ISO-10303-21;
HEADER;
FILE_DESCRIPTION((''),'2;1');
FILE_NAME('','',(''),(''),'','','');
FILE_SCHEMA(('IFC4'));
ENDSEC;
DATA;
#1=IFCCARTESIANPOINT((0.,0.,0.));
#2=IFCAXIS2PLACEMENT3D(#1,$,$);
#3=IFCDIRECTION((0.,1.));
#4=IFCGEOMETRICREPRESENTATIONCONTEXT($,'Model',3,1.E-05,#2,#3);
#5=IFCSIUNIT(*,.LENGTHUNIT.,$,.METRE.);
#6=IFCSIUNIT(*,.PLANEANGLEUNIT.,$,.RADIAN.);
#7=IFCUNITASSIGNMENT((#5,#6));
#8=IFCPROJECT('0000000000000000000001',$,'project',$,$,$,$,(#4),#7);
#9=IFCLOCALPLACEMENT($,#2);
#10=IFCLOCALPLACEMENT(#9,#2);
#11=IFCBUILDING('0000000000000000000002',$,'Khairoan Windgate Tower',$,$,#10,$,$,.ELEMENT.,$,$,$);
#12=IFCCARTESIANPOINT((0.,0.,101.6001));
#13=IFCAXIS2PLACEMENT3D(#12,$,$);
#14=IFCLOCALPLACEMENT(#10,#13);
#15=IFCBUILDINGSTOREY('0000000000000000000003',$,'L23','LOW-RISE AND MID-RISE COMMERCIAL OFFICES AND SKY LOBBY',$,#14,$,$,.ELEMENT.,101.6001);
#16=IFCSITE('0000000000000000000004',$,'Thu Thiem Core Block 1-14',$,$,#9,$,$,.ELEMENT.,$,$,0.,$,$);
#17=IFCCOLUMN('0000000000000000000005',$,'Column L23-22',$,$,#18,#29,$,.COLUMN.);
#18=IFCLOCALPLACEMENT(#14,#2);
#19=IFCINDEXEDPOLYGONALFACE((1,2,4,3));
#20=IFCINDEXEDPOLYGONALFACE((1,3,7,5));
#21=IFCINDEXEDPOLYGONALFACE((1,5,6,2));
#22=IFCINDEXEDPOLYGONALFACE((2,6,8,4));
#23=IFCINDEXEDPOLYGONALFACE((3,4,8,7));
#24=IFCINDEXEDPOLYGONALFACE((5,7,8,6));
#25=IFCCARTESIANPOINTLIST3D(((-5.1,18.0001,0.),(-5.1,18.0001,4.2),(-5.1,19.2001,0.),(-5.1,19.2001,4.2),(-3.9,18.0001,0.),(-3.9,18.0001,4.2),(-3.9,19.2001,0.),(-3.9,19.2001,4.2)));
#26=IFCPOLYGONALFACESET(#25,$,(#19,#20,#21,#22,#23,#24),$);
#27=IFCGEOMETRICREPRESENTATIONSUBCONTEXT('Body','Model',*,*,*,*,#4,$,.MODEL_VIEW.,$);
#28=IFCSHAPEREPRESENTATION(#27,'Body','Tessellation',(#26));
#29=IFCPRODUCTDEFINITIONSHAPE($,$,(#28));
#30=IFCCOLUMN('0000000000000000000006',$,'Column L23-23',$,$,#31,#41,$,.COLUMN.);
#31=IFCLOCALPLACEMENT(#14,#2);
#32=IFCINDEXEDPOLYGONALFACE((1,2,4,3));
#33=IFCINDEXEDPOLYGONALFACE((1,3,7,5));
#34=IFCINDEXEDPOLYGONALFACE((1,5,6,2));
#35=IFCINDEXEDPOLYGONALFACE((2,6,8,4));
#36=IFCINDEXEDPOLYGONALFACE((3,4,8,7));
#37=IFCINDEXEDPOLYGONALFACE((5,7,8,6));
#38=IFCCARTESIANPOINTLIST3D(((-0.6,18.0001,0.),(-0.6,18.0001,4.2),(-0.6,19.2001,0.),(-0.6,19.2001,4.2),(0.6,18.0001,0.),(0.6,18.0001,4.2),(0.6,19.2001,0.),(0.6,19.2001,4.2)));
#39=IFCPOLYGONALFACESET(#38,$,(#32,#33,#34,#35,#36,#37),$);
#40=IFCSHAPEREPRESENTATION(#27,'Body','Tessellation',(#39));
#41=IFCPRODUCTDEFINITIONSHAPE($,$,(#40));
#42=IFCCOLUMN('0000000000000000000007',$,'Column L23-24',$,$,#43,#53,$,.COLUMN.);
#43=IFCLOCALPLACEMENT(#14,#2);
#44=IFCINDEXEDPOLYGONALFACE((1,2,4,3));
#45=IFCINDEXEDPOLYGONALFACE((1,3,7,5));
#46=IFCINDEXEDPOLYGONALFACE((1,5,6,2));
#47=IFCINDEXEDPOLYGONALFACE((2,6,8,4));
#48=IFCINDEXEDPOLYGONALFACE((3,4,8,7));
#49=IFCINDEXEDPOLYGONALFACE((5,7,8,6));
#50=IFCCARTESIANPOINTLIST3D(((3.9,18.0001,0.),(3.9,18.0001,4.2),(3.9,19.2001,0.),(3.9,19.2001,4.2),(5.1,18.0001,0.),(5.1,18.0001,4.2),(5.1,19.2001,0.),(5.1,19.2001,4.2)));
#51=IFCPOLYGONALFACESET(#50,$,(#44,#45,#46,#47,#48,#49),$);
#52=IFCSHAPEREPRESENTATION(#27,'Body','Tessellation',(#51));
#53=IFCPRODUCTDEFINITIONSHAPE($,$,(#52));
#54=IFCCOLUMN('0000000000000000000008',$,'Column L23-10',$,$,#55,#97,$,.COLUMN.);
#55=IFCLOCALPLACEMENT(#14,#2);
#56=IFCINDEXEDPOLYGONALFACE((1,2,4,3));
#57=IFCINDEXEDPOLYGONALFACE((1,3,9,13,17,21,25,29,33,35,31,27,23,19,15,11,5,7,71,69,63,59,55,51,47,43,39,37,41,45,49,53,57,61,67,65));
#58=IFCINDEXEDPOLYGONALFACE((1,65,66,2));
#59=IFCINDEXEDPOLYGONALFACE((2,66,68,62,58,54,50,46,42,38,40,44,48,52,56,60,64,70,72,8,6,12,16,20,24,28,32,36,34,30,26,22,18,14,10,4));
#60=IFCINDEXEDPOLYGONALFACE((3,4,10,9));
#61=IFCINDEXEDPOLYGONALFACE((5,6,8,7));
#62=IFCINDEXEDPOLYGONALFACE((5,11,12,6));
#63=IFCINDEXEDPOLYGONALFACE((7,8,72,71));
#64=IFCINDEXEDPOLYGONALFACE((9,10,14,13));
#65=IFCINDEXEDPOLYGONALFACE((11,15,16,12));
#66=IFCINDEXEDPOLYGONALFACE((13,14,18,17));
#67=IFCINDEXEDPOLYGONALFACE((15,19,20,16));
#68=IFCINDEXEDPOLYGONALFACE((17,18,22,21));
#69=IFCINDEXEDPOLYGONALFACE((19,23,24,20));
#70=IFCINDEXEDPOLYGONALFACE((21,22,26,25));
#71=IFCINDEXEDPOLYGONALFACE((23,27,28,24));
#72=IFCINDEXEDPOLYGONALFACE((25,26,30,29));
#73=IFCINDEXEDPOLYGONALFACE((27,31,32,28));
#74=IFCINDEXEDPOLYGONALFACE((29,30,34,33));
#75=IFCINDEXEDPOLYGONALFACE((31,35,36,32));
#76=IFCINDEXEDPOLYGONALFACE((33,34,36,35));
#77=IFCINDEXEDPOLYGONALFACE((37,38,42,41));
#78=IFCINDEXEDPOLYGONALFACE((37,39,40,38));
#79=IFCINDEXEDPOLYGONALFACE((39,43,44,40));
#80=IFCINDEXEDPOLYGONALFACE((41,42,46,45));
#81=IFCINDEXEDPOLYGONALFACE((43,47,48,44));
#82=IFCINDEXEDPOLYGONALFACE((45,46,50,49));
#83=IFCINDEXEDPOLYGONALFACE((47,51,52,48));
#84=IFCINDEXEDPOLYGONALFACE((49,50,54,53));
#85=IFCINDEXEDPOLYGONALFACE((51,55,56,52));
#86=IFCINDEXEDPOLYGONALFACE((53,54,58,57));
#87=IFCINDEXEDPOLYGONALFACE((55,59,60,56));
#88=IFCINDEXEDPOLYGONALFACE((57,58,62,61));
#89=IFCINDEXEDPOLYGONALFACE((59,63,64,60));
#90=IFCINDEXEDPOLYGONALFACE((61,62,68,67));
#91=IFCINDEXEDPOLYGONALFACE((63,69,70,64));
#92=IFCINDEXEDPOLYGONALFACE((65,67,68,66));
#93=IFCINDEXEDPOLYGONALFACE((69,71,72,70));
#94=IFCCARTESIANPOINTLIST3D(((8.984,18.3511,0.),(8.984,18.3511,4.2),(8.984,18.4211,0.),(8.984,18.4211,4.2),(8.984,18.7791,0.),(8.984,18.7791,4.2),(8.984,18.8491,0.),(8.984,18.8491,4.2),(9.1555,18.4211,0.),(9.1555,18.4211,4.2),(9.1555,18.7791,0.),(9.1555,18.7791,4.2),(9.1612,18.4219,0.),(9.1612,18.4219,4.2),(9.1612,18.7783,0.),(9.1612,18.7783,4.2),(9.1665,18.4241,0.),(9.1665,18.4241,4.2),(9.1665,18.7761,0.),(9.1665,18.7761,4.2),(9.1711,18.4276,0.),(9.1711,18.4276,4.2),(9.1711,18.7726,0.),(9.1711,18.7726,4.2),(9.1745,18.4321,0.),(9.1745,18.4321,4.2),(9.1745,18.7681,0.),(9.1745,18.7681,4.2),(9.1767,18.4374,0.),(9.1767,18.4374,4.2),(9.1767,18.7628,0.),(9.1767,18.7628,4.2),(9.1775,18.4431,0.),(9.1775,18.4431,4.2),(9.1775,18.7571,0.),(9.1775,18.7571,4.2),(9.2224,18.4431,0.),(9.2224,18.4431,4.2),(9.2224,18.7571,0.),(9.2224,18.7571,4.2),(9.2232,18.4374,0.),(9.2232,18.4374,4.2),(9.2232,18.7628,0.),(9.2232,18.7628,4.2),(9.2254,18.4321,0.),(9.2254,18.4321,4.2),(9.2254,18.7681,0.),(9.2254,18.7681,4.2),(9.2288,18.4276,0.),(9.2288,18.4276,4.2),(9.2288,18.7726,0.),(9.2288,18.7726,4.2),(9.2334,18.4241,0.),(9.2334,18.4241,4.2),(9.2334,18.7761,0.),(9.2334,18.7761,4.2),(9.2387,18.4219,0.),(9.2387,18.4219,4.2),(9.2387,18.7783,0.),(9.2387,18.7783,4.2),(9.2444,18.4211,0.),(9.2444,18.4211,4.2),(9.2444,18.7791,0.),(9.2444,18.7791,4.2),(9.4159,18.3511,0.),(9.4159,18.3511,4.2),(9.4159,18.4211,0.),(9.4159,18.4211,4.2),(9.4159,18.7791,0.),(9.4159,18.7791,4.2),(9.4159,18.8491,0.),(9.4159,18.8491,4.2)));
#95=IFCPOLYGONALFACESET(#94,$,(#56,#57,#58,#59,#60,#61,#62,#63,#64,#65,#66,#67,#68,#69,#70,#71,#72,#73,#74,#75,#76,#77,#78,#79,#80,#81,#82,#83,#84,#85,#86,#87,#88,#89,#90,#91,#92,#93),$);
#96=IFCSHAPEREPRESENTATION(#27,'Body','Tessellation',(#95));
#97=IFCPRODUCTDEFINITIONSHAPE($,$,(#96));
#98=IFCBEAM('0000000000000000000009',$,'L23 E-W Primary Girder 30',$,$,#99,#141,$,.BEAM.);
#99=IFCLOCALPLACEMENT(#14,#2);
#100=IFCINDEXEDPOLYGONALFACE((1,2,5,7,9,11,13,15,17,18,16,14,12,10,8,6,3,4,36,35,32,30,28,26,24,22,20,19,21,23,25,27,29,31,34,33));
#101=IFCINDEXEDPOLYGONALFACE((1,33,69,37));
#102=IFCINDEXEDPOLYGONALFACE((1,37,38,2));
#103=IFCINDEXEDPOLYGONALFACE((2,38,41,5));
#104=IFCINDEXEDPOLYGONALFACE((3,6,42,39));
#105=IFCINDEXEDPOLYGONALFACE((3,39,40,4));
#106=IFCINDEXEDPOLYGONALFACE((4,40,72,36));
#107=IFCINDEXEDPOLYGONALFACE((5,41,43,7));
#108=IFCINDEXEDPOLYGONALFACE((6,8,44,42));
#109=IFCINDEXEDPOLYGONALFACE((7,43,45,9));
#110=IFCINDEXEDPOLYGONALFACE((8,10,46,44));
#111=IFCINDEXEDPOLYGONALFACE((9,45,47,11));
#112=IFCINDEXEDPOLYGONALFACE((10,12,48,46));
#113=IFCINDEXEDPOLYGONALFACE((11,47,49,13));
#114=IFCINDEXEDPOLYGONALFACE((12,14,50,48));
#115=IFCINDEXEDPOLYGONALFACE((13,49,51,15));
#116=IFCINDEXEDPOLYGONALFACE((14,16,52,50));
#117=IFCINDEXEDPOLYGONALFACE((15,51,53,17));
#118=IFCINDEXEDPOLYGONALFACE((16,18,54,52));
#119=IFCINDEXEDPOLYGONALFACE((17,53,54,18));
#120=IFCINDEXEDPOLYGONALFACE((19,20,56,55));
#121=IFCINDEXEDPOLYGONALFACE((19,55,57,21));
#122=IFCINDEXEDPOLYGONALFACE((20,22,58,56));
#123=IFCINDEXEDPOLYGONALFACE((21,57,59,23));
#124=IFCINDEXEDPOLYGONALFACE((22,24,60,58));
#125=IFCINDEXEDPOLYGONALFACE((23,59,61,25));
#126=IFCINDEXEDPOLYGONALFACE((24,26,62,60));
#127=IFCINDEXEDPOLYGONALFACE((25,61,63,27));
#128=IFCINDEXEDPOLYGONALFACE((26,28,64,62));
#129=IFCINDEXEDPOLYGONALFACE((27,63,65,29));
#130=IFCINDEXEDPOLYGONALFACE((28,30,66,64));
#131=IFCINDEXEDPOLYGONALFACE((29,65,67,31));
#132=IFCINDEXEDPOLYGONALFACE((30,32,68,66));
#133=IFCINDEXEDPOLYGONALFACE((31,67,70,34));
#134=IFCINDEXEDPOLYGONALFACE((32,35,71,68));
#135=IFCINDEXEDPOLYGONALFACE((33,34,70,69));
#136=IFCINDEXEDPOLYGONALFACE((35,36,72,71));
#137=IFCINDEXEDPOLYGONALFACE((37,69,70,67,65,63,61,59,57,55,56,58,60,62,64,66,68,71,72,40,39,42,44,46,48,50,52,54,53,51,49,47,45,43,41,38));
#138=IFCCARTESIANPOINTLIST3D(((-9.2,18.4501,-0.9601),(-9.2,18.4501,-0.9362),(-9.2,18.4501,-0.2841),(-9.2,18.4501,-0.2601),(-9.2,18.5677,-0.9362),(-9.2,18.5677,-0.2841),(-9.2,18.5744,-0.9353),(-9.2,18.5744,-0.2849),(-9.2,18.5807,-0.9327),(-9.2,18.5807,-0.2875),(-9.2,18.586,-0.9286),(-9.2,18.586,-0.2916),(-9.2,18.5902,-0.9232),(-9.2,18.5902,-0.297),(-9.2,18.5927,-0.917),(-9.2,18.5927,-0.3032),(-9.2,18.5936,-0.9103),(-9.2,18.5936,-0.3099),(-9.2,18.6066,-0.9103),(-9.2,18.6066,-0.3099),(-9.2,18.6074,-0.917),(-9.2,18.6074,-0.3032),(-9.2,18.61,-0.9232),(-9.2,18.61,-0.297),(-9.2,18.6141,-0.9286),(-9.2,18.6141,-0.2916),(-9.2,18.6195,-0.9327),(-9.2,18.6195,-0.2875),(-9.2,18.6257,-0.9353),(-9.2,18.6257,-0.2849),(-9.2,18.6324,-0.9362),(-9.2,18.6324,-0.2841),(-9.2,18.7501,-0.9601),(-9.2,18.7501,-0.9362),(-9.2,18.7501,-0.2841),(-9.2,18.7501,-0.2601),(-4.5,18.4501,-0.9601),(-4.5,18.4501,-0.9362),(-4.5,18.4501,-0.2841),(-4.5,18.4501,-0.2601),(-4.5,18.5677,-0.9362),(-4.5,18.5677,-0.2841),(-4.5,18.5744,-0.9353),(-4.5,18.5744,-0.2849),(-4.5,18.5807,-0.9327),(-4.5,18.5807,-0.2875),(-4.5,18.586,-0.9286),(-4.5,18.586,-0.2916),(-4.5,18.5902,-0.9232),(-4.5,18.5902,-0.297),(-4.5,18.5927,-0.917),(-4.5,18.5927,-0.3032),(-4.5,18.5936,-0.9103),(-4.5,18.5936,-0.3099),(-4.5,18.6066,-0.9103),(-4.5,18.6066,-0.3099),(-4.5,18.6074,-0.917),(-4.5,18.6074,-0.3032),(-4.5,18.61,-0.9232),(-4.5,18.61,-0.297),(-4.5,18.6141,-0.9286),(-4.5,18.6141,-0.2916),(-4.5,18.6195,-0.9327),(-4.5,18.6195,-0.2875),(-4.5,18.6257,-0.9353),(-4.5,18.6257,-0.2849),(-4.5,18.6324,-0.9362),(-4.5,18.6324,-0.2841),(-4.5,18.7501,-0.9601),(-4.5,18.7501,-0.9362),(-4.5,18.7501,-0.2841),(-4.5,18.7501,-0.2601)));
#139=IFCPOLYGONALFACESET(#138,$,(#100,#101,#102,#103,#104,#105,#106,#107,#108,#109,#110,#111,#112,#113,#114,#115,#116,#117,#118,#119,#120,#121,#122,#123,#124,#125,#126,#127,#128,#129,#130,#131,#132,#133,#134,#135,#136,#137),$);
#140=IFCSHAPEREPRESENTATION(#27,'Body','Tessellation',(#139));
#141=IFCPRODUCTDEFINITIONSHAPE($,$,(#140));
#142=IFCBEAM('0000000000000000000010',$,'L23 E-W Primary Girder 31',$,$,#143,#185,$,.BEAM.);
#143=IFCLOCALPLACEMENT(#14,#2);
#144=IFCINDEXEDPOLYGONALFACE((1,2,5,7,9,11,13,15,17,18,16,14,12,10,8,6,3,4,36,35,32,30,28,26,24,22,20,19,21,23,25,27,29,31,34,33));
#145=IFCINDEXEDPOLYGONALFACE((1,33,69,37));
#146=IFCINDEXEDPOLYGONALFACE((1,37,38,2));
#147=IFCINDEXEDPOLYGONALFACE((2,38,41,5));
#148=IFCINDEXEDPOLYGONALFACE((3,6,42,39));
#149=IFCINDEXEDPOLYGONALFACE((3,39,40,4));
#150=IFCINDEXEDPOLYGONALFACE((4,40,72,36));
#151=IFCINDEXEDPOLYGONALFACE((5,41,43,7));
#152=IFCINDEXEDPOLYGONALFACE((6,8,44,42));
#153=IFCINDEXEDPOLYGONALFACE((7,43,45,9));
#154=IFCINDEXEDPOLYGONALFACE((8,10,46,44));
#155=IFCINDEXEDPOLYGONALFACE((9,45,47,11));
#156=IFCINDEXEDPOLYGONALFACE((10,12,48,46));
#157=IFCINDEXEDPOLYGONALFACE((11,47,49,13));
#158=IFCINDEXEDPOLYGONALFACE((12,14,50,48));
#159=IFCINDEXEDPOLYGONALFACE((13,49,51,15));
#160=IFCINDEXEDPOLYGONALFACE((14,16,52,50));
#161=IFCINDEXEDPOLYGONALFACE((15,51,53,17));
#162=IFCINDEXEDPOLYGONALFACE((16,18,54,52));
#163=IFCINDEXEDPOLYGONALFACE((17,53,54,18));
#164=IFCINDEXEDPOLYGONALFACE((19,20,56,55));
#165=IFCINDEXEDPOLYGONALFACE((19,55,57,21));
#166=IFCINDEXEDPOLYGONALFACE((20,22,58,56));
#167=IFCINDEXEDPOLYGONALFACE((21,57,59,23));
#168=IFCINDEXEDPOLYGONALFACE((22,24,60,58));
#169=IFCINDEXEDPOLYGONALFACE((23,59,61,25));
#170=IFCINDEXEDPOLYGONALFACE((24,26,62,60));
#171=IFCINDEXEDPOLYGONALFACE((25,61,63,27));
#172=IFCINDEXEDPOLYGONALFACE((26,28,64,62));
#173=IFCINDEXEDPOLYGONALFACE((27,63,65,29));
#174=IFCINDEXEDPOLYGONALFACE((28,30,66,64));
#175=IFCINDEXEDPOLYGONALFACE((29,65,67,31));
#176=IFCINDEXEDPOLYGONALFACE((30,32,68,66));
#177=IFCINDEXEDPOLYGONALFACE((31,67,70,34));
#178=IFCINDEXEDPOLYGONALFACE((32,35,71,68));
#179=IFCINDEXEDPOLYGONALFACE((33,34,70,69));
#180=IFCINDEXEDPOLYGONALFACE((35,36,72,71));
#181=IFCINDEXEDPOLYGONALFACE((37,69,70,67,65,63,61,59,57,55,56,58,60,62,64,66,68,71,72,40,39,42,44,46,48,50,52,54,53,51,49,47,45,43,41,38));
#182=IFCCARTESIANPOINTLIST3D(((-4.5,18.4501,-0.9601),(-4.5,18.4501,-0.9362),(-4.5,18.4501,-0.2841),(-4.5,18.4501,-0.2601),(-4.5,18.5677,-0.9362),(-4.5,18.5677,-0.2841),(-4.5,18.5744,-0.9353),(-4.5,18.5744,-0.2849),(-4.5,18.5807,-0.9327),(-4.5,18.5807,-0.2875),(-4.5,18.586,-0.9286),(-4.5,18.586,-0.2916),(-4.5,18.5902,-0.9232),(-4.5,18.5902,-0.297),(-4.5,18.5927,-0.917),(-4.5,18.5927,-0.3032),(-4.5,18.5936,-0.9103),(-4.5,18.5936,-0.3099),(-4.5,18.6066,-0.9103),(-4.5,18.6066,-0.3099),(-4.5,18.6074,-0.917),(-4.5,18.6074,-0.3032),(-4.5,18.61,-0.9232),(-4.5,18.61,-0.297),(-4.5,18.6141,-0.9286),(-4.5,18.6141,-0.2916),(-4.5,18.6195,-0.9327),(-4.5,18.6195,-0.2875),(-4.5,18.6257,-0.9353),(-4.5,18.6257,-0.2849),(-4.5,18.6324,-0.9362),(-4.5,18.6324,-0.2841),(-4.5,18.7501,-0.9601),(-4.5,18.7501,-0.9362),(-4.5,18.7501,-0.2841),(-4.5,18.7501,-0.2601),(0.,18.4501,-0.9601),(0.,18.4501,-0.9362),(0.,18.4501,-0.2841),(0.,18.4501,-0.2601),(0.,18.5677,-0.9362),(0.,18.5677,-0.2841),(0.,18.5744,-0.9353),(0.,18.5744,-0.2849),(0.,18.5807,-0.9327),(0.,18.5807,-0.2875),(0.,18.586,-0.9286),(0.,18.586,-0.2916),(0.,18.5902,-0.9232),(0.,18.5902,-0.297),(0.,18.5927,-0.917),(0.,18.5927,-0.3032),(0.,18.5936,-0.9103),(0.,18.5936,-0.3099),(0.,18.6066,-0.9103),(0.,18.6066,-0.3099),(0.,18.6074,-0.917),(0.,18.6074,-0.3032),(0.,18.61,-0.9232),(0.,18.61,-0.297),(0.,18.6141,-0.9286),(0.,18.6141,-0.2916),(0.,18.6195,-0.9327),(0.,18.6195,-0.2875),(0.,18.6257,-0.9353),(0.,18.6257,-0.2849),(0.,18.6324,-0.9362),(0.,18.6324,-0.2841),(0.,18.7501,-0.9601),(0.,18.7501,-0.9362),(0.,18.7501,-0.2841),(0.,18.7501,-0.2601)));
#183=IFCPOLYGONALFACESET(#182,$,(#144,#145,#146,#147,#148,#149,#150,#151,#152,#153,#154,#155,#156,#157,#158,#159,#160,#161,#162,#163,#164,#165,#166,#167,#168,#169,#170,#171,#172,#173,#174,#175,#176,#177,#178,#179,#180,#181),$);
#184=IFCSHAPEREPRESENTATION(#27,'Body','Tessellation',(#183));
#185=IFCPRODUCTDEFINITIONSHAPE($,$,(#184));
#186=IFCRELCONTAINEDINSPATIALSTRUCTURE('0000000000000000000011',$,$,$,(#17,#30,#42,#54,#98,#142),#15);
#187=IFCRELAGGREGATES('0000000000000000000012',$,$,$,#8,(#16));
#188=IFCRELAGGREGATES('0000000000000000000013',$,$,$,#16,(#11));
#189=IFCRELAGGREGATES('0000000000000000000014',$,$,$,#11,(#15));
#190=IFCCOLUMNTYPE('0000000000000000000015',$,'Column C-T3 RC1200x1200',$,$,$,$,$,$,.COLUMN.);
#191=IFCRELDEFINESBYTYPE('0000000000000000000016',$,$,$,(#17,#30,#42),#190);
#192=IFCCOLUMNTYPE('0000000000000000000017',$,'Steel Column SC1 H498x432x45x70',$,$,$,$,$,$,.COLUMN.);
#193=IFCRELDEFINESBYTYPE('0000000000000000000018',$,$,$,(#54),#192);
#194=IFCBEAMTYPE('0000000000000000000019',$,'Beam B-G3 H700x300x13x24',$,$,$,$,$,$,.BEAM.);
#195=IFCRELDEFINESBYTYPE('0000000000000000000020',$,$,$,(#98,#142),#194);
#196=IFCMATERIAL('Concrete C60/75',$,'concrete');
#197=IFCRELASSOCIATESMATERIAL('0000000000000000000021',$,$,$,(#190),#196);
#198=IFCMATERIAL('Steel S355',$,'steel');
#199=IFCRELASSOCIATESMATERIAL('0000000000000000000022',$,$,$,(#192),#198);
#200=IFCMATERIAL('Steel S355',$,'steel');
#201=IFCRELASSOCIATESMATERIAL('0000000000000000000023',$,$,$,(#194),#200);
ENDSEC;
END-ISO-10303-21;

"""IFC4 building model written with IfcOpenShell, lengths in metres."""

from ifc_helpers import new_model, si_unit, direction, frame, origin, origin_2d, place, context, subcontext, project, spatial, rectangle, i_section, extrude, material, material_profile, profile_set, type_object, element, save


model = new_model("IFC4")

# Units and contexts
model_context = context("Model", 3, precision=1e-05, world=origin(), true_north=direction((0.0, 1.0)))
body_context = subcontext(model_context, "Body", "Model", "MODEL_VIEW")
ifc_project = project(units=[si_unit("LENGTHUNIT", "METRE"), si_unit("PLANEANGLEUNIT", "RADIAN")], contexts=[model_context])

# Site, building, storey
site_placement = place(None, origin())
site = spatial("IfcSite", under=ifc_project, at=site_placement, Name="Thu Thiem Core Block 1-14", CompositionType="ELEMENT", RefElevation=0.0)
building_placement = place(site_placement, origin())
building = spatial("IfcBuilding", under=site, at=building_placement, Name="Khairoan Windgate Tower", CompositionType="ELEMENT")
storey_placement = place(building_placement, frame((0.0, 0.0, 101.6001)))
storey = spatial("IfcBuildingStorey", under=building, at=storey_placement, Name="L23", Description="LOW-RISE AND MID-RISE COMMERCIAL OFFICES AND SKY LOBBY", CompositionType="ELEMENT", Elevation=101.6001)

# Columns
ifc_material_1 = material(Name="Concrete C60/75", Category="concrete")
ifc_material_profile_1 = material_profile(ifc_material_1, rectangle(XDim=1.2, YDim=1.2, at=origin_2d()))
ifc_profile_set_1 = profile_set([ifc_material_profile_1], Name="Concrete C60/75")
column_type_1 = type_object("IfcColumnType", Name="Column C-T3 RC1200x1200", PredefinedType="COLUMN", material=ifc_profile_set_1)
for number, where, z_axis, x_axis, name in (
    (1, (-4.5, 18.6001, 0.0), (0.0, 0.0, 1.0), (1.0, 0.0, 0.0), "Column L23-22"),
    (2, (0.0, 18.6001, 0.0), (0.0, 0.0, 1.0), (1.0, 0.0, 0.0), "Column L23-23"),
    (3, (4.5, 18.6001, 0.0), (0.0, 0.0, 1.0), (1.0, 0.0, 0.0), "Column L23-24"),
):
    element("IfcColumn", number, at=place(storey_placement, frame(where, z_axis=z_axis, x_axis=x_axis)), inside=storey, type_object=column_type_1, Name=name, PredefinedType="COLUMN", context=body_context, shape_type="SweptSolid", body=[
        extrude(rectangle(XDim=1.2, YDim=1.2, at=origin_2d()), origin(), (0.0, 0.0, 1.0), 4.2),
    ])
ifc_material_2 = material(Name="Steel S355", Category="steel")
ifc_material_profile_2 = material_profile(ifc_material_2, i_section(OverallWidth=0.4319, OverallDepth=0.498, WebThickness=0.0449, FlangeThickness=0.0701, FilletRadius=0.022, at=origin_2d()))
ifc_profile_set_2 = profile_set([ifc_material_profile_2], Name="Steel S355")
column_type_2 = type_object("IfcColumnType", Name="Steel Column SC1 H498x432x45x70", PredefinedType="COLUMN", material=ifc_profile_set_2)
column_placement = place(storey_placement, frame((9.2, 18.6001, 0.0), z_axis=(0.0, 0.0, 1.0), x_axis=(1.0, 0.0, 0.0)))
element("IfcColumn", 4, at=column_placement, inside=storey, type_object=column_type_2, Name="Column L23-10", PredefinedType="COLUMN", context=body_context, shape_type="SweptSolid", body=[
    extrude(i_section(OverallWidth=0.4319, OverallDepth=0.498, WebThickness=0.0449, FlangeThickness=0.0701, FilletRadius=0.022, at=origin_2d()), origin(), (0.0, 0.0, 1.0), 4.2),
])

# Beams
ifc_material_3 = material(Name="Steel S355", Category="steel")
ifc_material_profile_3 = material_profile(ifc_material_3, i_section(OverallWidth=0.3, OverallDepth=0.7, WebThickness=0.0129, FlangeThickness=0.0239, FilletRadius=0.0259, at=origin_2d()))
ifc_profile_set_3 = profile_set([ifc_material_profile_3], Name="Steel S355")
beam_type_1 = type_object("IfcBeamType", Name="Beam B-G3 H700x300x13x24", PredefinedType="BEAM", material=ifc_profile_set_3)
beam_1_placement = place(storey_placement, frame((-9.2, 18.6001, -0.6101), z_axis=(1.0, 0.0, 0.0), x_axis=(0.0, 1.0, 0.0)))
element("IfcBeam", 5, at=beam_1_placement, inside=storey, type_object=beam_type_1, Name="L23 E-W Primary Girder 30", PredefinedType="BEAM", context=body_context, shape_type="SweptSolid", body=[
    extrude(i_section(OverallWidth=0.3, OverallDepth=0.7, WebThickness=0.0129, FlangeThickness=0.0239, FilletRadius=0.0259, at=origin_2d()), origin(), (0.0, 0.0, 1.0), 4.7),
])
for number, where, z_axis, x_axis, name in (
    (6, (-4.5, 18.6001, -0.6101), (1.0, 0.0, 0.0), (0.0, 1.0, 0.0), "L23 E-W Primary Girder 31"),
):
    element("IfcBeam", number, at=place(storey_placement, frame(where, z_axis=z_axis, x_axis=x_axis)), inside=storey, type_object=beam_type_1, Name=name, PredefinedType="BEAM", context=body_context, shape_type="SweptSolid", body=[
        extrude(i_section(OverallWidth=0.3, OverallDepth=0.7, WebThickness=0.0129, FlangeThickness=0.0239, FilletRadius=0.0259, at=origin_2d()), origin(), (0.0, 0.0, 1.0), 4.5),
    ])

save(model, "model.ifc")
